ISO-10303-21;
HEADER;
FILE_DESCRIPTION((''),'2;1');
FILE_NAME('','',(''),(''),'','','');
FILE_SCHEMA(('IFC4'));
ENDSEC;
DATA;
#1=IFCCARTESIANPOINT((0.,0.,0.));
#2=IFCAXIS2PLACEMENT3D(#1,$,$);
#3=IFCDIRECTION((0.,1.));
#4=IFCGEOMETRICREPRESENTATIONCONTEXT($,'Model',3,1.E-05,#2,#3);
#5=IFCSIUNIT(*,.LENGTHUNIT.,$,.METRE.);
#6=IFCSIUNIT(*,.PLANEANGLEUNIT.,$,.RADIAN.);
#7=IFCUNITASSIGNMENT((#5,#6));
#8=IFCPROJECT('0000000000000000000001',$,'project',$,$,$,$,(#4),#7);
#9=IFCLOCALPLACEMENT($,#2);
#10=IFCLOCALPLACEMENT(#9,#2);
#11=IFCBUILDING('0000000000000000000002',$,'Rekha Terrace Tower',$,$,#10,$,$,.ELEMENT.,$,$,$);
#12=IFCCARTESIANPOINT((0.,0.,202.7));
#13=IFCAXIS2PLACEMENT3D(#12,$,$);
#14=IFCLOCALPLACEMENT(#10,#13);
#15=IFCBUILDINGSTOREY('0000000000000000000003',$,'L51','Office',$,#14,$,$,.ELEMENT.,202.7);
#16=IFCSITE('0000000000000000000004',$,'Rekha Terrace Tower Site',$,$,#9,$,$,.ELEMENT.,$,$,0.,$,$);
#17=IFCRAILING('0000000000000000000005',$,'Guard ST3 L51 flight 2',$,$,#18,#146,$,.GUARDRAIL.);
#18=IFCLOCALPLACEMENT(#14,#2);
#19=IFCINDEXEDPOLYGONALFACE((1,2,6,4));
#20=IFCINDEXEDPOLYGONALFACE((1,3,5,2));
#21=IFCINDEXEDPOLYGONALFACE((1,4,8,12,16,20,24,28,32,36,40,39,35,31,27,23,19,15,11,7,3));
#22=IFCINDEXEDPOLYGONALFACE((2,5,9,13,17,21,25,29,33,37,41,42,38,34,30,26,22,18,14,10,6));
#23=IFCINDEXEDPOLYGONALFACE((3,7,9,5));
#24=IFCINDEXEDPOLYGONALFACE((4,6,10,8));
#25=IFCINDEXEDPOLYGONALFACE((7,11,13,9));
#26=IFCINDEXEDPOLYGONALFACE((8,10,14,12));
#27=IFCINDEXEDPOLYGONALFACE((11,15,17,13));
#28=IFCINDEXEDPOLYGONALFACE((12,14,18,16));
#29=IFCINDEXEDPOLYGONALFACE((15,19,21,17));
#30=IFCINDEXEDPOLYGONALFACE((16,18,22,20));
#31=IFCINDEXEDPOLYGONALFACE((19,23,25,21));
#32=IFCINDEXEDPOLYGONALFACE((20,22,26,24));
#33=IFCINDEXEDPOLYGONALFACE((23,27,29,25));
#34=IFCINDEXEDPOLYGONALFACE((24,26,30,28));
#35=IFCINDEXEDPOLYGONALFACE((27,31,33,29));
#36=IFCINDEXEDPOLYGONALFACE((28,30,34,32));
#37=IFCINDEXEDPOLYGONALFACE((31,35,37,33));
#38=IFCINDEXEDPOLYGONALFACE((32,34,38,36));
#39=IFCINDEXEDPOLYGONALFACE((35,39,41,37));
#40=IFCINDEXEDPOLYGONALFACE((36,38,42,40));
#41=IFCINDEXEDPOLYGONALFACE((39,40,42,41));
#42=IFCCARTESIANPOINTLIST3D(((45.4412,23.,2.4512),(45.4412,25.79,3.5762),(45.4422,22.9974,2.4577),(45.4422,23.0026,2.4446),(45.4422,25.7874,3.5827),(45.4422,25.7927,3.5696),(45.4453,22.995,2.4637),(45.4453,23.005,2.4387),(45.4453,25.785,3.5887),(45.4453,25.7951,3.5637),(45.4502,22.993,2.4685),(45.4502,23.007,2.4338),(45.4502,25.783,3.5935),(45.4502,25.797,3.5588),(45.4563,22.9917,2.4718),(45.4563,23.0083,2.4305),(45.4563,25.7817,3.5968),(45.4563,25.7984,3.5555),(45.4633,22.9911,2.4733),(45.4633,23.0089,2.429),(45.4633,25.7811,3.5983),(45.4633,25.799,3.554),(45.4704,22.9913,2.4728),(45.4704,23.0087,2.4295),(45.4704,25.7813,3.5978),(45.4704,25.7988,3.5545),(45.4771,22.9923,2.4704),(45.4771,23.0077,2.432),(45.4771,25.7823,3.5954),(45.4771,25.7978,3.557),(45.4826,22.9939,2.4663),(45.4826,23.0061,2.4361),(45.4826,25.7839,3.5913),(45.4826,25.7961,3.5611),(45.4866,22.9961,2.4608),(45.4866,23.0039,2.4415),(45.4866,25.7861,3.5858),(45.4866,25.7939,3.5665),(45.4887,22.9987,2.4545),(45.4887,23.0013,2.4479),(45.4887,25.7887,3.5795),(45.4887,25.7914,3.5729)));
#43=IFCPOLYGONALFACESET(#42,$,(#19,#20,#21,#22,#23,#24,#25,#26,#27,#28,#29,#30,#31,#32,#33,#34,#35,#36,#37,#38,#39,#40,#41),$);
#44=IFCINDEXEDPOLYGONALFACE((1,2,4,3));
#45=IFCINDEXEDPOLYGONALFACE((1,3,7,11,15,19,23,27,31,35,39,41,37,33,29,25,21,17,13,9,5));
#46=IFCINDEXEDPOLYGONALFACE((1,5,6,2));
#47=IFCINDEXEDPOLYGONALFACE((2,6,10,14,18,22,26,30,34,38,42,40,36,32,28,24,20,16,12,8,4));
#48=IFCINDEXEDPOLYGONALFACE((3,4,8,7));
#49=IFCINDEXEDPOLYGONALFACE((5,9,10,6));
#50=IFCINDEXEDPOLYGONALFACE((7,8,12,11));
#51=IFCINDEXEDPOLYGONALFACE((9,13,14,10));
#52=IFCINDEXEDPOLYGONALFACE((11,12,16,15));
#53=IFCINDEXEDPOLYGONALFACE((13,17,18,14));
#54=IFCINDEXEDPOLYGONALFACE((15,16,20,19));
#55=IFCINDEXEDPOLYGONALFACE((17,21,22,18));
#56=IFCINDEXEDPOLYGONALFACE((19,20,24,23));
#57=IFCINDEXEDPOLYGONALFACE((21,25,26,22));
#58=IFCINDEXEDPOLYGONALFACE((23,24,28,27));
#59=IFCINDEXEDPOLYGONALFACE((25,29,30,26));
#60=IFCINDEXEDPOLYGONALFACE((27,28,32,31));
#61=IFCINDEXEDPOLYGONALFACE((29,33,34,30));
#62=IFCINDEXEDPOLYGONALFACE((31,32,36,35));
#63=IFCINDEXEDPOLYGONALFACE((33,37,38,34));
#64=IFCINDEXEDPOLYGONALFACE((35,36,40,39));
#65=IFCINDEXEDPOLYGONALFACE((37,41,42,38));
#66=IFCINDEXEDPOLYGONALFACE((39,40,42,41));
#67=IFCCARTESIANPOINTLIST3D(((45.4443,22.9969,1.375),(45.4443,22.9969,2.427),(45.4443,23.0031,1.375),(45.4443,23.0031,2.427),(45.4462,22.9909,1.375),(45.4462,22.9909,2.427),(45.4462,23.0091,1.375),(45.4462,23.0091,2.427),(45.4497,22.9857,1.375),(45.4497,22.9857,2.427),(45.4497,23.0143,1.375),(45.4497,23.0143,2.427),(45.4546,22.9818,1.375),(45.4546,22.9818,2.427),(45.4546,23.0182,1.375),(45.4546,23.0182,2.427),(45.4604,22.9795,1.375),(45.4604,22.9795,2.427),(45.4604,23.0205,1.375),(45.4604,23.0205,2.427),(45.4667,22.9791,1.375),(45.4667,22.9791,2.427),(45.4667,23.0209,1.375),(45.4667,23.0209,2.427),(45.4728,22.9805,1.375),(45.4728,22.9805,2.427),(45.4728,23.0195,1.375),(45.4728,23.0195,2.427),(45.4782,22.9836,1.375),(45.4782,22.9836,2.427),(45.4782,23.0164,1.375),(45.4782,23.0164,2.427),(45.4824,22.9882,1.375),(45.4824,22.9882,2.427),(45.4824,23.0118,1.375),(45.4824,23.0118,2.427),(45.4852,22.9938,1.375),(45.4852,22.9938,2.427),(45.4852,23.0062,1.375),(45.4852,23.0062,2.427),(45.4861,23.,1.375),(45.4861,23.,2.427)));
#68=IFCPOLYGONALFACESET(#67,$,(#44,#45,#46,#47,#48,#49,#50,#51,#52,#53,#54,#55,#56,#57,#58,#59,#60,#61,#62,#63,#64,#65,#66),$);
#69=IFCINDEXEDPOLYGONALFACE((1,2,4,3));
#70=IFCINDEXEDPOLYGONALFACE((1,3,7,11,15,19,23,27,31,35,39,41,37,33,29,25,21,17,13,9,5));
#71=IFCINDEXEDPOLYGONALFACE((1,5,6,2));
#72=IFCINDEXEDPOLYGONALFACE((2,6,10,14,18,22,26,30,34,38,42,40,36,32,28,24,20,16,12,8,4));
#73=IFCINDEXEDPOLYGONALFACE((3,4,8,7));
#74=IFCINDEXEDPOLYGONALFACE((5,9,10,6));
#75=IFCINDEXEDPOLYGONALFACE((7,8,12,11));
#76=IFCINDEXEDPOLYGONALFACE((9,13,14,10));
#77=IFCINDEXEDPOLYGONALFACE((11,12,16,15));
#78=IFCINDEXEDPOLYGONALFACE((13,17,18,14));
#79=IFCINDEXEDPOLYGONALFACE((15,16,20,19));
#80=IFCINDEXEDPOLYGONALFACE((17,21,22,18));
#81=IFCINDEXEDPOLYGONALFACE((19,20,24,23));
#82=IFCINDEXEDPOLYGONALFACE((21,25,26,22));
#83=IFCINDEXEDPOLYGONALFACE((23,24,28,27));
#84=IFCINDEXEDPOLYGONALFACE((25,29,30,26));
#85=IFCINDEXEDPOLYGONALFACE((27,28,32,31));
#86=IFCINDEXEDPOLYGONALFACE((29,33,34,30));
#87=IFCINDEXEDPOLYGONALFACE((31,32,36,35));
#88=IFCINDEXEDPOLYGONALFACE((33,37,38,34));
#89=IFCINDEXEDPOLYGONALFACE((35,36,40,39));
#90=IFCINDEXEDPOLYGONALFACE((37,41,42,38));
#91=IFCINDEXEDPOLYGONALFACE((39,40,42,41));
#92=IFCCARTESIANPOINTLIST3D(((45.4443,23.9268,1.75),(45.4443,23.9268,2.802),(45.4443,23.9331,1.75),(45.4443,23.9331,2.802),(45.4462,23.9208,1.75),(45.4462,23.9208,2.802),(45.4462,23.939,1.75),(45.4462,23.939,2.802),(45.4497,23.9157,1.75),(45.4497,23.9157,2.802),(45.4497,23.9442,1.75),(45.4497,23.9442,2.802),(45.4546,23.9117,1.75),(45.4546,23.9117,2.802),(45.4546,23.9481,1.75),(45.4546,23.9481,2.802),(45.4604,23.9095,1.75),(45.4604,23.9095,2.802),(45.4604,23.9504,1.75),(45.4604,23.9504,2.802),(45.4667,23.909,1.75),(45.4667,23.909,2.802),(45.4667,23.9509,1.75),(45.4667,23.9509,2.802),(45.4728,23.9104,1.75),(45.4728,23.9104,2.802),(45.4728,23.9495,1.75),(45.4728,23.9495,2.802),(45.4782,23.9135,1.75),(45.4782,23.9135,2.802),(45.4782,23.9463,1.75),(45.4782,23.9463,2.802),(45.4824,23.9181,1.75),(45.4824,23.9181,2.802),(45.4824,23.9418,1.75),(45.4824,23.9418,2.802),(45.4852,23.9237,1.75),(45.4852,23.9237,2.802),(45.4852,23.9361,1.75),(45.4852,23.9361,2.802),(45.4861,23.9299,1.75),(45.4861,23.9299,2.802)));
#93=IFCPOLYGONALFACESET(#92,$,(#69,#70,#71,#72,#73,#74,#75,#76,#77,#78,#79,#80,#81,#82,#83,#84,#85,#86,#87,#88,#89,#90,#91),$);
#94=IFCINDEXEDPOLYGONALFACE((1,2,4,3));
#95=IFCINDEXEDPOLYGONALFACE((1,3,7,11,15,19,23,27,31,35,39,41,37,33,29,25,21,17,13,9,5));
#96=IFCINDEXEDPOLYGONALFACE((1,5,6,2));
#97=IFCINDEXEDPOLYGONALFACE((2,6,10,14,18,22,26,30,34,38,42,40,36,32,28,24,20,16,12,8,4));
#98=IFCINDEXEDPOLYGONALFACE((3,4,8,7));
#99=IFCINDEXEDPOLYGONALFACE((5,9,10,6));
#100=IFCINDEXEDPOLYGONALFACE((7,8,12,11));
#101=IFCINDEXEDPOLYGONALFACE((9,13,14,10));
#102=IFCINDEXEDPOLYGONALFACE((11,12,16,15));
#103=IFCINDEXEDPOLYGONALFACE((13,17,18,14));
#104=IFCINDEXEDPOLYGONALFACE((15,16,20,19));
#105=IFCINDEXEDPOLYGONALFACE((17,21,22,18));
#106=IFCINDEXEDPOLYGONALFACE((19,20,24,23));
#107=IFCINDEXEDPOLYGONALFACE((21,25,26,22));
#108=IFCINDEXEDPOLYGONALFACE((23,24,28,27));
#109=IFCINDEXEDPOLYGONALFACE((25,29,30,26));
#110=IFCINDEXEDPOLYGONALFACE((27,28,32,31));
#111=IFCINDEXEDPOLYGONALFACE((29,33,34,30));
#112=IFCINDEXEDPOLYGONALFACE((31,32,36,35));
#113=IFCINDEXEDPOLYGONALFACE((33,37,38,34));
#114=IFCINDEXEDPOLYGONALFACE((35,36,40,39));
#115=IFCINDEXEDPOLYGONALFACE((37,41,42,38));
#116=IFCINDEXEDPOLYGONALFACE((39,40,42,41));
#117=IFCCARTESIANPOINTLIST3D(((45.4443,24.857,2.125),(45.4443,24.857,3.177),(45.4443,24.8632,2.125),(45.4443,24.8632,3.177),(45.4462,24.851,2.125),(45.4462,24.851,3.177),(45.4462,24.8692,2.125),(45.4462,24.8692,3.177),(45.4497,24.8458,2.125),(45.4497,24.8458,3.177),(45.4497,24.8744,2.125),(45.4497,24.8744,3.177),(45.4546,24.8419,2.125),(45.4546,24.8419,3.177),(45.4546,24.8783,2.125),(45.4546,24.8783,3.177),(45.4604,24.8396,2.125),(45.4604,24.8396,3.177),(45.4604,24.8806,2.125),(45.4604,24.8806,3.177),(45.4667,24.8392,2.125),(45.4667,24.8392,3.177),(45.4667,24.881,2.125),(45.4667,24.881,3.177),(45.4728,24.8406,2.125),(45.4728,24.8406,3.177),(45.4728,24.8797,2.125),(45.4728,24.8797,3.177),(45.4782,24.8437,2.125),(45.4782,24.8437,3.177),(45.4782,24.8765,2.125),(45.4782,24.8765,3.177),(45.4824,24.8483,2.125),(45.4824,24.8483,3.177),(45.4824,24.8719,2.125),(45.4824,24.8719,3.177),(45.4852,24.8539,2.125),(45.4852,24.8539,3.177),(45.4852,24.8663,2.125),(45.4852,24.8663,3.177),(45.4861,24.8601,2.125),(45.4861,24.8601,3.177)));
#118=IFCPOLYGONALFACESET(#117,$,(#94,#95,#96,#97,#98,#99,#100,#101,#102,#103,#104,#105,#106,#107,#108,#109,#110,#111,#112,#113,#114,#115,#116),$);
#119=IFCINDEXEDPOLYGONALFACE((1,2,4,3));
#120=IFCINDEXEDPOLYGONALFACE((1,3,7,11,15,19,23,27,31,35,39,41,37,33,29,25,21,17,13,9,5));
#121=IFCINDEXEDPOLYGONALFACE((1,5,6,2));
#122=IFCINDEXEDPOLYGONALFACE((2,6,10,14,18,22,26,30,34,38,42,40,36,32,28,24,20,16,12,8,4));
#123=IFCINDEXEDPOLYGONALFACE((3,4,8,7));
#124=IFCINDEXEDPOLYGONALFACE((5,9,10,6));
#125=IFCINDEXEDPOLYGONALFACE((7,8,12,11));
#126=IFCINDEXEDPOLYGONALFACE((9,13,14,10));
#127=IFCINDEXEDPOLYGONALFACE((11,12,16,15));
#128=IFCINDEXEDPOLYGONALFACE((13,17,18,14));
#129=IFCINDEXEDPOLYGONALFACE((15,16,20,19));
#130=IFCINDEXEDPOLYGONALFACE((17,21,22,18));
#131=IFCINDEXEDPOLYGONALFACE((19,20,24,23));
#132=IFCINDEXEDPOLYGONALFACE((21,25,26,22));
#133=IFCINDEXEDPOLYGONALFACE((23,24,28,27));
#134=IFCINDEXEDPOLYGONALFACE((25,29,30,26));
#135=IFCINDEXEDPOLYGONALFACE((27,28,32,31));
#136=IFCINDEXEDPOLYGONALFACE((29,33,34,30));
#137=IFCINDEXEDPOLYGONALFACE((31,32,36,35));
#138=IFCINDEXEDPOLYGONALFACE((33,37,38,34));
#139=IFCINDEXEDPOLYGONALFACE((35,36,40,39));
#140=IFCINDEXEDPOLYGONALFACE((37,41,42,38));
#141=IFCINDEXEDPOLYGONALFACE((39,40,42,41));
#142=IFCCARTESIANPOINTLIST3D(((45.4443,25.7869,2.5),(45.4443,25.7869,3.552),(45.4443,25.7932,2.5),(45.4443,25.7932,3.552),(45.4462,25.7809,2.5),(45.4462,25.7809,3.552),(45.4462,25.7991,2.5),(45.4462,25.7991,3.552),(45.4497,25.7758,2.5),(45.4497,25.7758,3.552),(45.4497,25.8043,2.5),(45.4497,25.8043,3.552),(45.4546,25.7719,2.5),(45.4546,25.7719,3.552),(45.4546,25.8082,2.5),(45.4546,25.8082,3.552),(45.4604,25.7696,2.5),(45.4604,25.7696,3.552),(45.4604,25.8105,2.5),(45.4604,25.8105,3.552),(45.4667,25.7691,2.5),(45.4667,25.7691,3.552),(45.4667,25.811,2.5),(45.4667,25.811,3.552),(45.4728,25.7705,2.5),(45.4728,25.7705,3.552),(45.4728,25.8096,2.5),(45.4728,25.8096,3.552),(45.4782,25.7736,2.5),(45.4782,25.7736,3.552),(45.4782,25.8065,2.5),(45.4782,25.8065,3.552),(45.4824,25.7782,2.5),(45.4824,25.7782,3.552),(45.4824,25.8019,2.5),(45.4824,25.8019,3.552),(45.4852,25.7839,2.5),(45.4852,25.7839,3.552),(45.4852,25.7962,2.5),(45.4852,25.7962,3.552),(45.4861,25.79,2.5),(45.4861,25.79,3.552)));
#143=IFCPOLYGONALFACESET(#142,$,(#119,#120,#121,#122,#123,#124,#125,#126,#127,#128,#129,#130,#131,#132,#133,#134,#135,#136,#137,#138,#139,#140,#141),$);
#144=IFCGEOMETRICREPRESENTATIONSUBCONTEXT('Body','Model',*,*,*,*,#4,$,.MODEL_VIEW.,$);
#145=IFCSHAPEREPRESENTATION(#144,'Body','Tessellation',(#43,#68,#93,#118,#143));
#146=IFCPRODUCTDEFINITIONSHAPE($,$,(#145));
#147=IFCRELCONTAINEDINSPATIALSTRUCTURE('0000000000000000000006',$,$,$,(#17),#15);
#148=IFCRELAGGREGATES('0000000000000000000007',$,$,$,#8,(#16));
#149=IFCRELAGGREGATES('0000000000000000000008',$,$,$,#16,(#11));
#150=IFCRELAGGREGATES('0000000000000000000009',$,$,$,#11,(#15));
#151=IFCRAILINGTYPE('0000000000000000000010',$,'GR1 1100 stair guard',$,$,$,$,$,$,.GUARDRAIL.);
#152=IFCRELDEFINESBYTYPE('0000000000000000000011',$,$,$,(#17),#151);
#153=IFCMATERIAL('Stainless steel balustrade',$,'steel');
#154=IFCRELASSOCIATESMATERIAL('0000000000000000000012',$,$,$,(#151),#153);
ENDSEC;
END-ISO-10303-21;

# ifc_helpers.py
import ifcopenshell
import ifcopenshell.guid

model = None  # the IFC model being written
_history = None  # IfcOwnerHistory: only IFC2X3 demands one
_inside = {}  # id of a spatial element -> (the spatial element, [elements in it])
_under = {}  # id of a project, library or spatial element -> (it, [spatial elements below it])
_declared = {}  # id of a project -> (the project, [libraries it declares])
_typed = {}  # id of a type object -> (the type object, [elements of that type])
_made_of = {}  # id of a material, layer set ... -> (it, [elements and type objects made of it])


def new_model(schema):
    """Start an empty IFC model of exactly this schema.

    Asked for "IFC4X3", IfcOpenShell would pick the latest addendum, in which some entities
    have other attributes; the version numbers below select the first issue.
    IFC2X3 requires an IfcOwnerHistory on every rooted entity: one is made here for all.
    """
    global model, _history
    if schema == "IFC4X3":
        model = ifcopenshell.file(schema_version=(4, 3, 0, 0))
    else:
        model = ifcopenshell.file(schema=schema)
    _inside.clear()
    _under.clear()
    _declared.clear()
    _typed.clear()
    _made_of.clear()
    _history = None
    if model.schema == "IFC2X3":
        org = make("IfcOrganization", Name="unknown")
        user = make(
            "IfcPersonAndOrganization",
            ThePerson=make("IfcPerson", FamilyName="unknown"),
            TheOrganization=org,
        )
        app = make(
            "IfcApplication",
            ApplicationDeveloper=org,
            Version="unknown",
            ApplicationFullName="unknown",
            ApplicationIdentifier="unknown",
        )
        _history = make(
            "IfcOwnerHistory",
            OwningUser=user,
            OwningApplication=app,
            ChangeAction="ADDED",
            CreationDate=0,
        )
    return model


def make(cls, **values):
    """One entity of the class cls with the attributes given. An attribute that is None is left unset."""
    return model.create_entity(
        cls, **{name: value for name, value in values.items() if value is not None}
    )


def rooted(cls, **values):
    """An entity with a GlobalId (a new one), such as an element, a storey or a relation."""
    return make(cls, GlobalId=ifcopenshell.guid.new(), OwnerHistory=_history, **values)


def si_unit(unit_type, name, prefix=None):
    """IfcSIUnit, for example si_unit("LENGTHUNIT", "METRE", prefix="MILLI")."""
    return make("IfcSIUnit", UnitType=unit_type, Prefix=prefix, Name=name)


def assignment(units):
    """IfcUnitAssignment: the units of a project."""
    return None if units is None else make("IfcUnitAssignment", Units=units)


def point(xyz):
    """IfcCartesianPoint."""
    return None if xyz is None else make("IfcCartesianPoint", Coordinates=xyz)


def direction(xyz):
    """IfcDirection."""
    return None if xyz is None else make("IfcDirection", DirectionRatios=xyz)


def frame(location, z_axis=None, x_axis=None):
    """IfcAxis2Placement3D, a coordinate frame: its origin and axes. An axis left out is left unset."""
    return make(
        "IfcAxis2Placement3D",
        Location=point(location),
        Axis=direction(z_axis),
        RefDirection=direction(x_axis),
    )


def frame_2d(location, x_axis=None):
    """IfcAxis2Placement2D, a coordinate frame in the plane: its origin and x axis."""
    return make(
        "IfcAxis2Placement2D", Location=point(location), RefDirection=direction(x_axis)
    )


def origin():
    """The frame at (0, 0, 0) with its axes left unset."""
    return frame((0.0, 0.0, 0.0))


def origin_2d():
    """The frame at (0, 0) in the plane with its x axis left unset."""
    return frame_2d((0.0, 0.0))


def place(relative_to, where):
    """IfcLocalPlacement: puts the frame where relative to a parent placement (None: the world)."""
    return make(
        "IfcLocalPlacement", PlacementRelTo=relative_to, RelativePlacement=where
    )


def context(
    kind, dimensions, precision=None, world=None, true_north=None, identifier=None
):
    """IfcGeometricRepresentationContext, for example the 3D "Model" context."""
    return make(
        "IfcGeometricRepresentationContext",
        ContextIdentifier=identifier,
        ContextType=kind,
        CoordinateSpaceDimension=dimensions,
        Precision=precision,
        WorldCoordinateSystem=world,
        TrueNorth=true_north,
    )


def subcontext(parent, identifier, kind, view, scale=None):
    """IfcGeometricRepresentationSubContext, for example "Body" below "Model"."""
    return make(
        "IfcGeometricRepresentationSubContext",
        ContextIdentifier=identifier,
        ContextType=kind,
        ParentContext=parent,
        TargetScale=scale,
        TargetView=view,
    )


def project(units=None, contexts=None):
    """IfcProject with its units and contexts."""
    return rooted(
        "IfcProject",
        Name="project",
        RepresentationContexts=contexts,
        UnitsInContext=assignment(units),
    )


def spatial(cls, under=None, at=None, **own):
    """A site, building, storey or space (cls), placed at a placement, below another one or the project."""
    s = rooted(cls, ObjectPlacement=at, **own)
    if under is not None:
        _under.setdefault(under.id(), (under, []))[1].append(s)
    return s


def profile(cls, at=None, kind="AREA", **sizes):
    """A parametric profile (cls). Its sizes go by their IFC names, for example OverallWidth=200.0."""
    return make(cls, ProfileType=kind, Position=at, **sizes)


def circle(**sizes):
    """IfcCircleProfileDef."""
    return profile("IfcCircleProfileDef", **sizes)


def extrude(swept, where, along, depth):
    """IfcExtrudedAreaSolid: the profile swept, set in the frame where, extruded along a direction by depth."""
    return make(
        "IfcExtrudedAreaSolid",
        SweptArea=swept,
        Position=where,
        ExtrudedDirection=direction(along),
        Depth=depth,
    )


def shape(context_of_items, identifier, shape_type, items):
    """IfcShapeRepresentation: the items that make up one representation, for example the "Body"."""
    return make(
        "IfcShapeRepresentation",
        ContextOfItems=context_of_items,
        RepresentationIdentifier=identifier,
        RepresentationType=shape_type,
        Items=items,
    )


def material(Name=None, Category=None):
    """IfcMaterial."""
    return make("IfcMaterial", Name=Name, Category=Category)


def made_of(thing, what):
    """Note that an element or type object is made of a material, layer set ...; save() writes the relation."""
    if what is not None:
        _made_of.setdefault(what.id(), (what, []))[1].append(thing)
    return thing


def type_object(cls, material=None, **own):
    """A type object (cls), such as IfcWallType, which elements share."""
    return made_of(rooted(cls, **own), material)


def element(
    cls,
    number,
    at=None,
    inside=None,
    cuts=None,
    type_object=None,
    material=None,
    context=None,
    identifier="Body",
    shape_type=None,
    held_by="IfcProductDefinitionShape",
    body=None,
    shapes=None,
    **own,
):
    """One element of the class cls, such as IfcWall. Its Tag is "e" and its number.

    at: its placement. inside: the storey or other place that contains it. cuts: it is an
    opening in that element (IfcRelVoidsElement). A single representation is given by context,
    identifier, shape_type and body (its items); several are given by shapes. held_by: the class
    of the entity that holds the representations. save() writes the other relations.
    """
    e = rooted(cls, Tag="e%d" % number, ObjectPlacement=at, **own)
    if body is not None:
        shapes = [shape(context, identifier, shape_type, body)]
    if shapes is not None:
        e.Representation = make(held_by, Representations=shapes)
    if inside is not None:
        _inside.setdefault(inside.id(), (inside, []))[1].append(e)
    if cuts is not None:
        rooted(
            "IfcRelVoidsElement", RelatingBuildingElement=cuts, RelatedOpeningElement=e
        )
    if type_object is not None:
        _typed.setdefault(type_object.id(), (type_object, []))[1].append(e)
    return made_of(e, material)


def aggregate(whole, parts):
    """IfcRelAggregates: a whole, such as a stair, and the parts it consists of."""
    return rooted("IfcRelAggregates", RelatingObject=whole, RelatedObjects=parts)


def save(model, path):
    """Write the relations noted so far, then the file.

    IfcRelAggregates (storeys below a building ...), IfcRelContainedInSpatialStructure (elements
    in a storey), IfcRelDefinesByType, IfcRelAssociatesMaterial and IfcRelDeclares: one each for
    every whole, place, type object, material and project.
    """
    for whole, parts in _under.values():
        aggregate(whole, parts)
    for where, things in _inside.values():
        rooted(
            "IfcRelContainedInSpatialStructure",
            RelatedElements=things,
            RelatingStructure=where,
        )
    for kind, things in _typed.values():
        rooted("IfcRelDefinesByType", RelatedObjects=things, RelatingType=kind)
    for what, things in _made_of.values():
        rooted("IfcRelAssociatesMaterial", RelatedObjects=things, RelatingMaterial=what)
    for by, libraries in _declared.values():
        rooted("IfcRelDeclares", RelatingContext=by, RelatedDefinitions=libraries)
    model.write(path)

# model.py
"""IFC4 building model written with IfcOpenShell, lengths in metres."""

from ifc_helpers import new_model, si_unit, direction, frame, origin, origin_2d, place, context, subcontext, project, spatial, circle, extrude, material, type_object, element, save


model = new_model("IFC4")

# Units and contexts
model_context = context("Model", 3, precision=1e-05, world=origin(), true_north=direction((0.0, 1.0)))
body_context = subcontext(model_context, "Body", "Model", "MODEL_VIEW")
ifc_project = project(units=[si_unit("LENGTHUNIT", "METRE"), si_unit("PLANEANGLEUNIT", "RADIAN")], contexts=[model_context])

# Site, building, storey
site_placement = place(None, origin())
site = spatial("IfcSite", under=ifc_project, at=site_placement, Name="Rekha Terrace Tower Site", CompositionType="ELEMENT", RefElevation=0.0)
building_placement = place(site_placement, origin())
building = spatial("IfcBuilding", under=site, at=building_placement, Name="Rekha Terrace Tower", CompositionType="ELEMENT")
storey_placement = place(building_placement, frame((0.0, 0.0, 202.7)))
storey = spatial("IfcBuildingStorey", under=building, at=storey_placement, Name="L51", Description="Office", CompositionType="ELEMENT", Elevation=202.7)

# Railing
ifc_material_1 = material(Name="Stainless steel balustrade", Category="steel")
railing_type_1 = type_object("IfcRailingType", Name="GR1 1100 stair guard", PredefinedType="GUARDRAIL", material=ifc_material_1)
railing_1_placement = place(storey_placement, frame((45.4651, 23.0, 1.375)))
element("IfcRailing", 1, at=railing_1_placement, inside=storey, type_object=railing_type_1, Name="Guard ST3 L51 flight 2", PredefinedType="GUARDRAIL", context=body_context, shape_type="SweptSolid", body=[
    extrude(circle(Radius=0.0239, at=origin_2d()), frame((0.0, 0.0, 1.0762), z_axis=(0.0, 0.927443, 0.373964), x_axis=(-1.0, 0.0, 0.0)), (0.0, 0.0, 1.0), 3.0083),
    extrude(circle(Radius=0.021, at=origin_2d()), origin(), (0.0, 0.0, 1.0), 1.052),
    extrude(circle(Radius=0.021, at=origin_2d()), frame((0.0, 0.9299, 0.375)), (0.0, 0.0, 1.0), 1.052),
    extrude(circle(Radius=0.021, at=origin_2d()), frame((0.0, 1.8601, 0.75)), (0.0, 0.0, 1.0), 1.052),
    extrude(circle(Radius=0.021, at=origin_2d()), frame((0.0, 2.79, 1.125)), (0.0, 0.0, 1.0), 1.052),
])

save(model, "model.ifc")
